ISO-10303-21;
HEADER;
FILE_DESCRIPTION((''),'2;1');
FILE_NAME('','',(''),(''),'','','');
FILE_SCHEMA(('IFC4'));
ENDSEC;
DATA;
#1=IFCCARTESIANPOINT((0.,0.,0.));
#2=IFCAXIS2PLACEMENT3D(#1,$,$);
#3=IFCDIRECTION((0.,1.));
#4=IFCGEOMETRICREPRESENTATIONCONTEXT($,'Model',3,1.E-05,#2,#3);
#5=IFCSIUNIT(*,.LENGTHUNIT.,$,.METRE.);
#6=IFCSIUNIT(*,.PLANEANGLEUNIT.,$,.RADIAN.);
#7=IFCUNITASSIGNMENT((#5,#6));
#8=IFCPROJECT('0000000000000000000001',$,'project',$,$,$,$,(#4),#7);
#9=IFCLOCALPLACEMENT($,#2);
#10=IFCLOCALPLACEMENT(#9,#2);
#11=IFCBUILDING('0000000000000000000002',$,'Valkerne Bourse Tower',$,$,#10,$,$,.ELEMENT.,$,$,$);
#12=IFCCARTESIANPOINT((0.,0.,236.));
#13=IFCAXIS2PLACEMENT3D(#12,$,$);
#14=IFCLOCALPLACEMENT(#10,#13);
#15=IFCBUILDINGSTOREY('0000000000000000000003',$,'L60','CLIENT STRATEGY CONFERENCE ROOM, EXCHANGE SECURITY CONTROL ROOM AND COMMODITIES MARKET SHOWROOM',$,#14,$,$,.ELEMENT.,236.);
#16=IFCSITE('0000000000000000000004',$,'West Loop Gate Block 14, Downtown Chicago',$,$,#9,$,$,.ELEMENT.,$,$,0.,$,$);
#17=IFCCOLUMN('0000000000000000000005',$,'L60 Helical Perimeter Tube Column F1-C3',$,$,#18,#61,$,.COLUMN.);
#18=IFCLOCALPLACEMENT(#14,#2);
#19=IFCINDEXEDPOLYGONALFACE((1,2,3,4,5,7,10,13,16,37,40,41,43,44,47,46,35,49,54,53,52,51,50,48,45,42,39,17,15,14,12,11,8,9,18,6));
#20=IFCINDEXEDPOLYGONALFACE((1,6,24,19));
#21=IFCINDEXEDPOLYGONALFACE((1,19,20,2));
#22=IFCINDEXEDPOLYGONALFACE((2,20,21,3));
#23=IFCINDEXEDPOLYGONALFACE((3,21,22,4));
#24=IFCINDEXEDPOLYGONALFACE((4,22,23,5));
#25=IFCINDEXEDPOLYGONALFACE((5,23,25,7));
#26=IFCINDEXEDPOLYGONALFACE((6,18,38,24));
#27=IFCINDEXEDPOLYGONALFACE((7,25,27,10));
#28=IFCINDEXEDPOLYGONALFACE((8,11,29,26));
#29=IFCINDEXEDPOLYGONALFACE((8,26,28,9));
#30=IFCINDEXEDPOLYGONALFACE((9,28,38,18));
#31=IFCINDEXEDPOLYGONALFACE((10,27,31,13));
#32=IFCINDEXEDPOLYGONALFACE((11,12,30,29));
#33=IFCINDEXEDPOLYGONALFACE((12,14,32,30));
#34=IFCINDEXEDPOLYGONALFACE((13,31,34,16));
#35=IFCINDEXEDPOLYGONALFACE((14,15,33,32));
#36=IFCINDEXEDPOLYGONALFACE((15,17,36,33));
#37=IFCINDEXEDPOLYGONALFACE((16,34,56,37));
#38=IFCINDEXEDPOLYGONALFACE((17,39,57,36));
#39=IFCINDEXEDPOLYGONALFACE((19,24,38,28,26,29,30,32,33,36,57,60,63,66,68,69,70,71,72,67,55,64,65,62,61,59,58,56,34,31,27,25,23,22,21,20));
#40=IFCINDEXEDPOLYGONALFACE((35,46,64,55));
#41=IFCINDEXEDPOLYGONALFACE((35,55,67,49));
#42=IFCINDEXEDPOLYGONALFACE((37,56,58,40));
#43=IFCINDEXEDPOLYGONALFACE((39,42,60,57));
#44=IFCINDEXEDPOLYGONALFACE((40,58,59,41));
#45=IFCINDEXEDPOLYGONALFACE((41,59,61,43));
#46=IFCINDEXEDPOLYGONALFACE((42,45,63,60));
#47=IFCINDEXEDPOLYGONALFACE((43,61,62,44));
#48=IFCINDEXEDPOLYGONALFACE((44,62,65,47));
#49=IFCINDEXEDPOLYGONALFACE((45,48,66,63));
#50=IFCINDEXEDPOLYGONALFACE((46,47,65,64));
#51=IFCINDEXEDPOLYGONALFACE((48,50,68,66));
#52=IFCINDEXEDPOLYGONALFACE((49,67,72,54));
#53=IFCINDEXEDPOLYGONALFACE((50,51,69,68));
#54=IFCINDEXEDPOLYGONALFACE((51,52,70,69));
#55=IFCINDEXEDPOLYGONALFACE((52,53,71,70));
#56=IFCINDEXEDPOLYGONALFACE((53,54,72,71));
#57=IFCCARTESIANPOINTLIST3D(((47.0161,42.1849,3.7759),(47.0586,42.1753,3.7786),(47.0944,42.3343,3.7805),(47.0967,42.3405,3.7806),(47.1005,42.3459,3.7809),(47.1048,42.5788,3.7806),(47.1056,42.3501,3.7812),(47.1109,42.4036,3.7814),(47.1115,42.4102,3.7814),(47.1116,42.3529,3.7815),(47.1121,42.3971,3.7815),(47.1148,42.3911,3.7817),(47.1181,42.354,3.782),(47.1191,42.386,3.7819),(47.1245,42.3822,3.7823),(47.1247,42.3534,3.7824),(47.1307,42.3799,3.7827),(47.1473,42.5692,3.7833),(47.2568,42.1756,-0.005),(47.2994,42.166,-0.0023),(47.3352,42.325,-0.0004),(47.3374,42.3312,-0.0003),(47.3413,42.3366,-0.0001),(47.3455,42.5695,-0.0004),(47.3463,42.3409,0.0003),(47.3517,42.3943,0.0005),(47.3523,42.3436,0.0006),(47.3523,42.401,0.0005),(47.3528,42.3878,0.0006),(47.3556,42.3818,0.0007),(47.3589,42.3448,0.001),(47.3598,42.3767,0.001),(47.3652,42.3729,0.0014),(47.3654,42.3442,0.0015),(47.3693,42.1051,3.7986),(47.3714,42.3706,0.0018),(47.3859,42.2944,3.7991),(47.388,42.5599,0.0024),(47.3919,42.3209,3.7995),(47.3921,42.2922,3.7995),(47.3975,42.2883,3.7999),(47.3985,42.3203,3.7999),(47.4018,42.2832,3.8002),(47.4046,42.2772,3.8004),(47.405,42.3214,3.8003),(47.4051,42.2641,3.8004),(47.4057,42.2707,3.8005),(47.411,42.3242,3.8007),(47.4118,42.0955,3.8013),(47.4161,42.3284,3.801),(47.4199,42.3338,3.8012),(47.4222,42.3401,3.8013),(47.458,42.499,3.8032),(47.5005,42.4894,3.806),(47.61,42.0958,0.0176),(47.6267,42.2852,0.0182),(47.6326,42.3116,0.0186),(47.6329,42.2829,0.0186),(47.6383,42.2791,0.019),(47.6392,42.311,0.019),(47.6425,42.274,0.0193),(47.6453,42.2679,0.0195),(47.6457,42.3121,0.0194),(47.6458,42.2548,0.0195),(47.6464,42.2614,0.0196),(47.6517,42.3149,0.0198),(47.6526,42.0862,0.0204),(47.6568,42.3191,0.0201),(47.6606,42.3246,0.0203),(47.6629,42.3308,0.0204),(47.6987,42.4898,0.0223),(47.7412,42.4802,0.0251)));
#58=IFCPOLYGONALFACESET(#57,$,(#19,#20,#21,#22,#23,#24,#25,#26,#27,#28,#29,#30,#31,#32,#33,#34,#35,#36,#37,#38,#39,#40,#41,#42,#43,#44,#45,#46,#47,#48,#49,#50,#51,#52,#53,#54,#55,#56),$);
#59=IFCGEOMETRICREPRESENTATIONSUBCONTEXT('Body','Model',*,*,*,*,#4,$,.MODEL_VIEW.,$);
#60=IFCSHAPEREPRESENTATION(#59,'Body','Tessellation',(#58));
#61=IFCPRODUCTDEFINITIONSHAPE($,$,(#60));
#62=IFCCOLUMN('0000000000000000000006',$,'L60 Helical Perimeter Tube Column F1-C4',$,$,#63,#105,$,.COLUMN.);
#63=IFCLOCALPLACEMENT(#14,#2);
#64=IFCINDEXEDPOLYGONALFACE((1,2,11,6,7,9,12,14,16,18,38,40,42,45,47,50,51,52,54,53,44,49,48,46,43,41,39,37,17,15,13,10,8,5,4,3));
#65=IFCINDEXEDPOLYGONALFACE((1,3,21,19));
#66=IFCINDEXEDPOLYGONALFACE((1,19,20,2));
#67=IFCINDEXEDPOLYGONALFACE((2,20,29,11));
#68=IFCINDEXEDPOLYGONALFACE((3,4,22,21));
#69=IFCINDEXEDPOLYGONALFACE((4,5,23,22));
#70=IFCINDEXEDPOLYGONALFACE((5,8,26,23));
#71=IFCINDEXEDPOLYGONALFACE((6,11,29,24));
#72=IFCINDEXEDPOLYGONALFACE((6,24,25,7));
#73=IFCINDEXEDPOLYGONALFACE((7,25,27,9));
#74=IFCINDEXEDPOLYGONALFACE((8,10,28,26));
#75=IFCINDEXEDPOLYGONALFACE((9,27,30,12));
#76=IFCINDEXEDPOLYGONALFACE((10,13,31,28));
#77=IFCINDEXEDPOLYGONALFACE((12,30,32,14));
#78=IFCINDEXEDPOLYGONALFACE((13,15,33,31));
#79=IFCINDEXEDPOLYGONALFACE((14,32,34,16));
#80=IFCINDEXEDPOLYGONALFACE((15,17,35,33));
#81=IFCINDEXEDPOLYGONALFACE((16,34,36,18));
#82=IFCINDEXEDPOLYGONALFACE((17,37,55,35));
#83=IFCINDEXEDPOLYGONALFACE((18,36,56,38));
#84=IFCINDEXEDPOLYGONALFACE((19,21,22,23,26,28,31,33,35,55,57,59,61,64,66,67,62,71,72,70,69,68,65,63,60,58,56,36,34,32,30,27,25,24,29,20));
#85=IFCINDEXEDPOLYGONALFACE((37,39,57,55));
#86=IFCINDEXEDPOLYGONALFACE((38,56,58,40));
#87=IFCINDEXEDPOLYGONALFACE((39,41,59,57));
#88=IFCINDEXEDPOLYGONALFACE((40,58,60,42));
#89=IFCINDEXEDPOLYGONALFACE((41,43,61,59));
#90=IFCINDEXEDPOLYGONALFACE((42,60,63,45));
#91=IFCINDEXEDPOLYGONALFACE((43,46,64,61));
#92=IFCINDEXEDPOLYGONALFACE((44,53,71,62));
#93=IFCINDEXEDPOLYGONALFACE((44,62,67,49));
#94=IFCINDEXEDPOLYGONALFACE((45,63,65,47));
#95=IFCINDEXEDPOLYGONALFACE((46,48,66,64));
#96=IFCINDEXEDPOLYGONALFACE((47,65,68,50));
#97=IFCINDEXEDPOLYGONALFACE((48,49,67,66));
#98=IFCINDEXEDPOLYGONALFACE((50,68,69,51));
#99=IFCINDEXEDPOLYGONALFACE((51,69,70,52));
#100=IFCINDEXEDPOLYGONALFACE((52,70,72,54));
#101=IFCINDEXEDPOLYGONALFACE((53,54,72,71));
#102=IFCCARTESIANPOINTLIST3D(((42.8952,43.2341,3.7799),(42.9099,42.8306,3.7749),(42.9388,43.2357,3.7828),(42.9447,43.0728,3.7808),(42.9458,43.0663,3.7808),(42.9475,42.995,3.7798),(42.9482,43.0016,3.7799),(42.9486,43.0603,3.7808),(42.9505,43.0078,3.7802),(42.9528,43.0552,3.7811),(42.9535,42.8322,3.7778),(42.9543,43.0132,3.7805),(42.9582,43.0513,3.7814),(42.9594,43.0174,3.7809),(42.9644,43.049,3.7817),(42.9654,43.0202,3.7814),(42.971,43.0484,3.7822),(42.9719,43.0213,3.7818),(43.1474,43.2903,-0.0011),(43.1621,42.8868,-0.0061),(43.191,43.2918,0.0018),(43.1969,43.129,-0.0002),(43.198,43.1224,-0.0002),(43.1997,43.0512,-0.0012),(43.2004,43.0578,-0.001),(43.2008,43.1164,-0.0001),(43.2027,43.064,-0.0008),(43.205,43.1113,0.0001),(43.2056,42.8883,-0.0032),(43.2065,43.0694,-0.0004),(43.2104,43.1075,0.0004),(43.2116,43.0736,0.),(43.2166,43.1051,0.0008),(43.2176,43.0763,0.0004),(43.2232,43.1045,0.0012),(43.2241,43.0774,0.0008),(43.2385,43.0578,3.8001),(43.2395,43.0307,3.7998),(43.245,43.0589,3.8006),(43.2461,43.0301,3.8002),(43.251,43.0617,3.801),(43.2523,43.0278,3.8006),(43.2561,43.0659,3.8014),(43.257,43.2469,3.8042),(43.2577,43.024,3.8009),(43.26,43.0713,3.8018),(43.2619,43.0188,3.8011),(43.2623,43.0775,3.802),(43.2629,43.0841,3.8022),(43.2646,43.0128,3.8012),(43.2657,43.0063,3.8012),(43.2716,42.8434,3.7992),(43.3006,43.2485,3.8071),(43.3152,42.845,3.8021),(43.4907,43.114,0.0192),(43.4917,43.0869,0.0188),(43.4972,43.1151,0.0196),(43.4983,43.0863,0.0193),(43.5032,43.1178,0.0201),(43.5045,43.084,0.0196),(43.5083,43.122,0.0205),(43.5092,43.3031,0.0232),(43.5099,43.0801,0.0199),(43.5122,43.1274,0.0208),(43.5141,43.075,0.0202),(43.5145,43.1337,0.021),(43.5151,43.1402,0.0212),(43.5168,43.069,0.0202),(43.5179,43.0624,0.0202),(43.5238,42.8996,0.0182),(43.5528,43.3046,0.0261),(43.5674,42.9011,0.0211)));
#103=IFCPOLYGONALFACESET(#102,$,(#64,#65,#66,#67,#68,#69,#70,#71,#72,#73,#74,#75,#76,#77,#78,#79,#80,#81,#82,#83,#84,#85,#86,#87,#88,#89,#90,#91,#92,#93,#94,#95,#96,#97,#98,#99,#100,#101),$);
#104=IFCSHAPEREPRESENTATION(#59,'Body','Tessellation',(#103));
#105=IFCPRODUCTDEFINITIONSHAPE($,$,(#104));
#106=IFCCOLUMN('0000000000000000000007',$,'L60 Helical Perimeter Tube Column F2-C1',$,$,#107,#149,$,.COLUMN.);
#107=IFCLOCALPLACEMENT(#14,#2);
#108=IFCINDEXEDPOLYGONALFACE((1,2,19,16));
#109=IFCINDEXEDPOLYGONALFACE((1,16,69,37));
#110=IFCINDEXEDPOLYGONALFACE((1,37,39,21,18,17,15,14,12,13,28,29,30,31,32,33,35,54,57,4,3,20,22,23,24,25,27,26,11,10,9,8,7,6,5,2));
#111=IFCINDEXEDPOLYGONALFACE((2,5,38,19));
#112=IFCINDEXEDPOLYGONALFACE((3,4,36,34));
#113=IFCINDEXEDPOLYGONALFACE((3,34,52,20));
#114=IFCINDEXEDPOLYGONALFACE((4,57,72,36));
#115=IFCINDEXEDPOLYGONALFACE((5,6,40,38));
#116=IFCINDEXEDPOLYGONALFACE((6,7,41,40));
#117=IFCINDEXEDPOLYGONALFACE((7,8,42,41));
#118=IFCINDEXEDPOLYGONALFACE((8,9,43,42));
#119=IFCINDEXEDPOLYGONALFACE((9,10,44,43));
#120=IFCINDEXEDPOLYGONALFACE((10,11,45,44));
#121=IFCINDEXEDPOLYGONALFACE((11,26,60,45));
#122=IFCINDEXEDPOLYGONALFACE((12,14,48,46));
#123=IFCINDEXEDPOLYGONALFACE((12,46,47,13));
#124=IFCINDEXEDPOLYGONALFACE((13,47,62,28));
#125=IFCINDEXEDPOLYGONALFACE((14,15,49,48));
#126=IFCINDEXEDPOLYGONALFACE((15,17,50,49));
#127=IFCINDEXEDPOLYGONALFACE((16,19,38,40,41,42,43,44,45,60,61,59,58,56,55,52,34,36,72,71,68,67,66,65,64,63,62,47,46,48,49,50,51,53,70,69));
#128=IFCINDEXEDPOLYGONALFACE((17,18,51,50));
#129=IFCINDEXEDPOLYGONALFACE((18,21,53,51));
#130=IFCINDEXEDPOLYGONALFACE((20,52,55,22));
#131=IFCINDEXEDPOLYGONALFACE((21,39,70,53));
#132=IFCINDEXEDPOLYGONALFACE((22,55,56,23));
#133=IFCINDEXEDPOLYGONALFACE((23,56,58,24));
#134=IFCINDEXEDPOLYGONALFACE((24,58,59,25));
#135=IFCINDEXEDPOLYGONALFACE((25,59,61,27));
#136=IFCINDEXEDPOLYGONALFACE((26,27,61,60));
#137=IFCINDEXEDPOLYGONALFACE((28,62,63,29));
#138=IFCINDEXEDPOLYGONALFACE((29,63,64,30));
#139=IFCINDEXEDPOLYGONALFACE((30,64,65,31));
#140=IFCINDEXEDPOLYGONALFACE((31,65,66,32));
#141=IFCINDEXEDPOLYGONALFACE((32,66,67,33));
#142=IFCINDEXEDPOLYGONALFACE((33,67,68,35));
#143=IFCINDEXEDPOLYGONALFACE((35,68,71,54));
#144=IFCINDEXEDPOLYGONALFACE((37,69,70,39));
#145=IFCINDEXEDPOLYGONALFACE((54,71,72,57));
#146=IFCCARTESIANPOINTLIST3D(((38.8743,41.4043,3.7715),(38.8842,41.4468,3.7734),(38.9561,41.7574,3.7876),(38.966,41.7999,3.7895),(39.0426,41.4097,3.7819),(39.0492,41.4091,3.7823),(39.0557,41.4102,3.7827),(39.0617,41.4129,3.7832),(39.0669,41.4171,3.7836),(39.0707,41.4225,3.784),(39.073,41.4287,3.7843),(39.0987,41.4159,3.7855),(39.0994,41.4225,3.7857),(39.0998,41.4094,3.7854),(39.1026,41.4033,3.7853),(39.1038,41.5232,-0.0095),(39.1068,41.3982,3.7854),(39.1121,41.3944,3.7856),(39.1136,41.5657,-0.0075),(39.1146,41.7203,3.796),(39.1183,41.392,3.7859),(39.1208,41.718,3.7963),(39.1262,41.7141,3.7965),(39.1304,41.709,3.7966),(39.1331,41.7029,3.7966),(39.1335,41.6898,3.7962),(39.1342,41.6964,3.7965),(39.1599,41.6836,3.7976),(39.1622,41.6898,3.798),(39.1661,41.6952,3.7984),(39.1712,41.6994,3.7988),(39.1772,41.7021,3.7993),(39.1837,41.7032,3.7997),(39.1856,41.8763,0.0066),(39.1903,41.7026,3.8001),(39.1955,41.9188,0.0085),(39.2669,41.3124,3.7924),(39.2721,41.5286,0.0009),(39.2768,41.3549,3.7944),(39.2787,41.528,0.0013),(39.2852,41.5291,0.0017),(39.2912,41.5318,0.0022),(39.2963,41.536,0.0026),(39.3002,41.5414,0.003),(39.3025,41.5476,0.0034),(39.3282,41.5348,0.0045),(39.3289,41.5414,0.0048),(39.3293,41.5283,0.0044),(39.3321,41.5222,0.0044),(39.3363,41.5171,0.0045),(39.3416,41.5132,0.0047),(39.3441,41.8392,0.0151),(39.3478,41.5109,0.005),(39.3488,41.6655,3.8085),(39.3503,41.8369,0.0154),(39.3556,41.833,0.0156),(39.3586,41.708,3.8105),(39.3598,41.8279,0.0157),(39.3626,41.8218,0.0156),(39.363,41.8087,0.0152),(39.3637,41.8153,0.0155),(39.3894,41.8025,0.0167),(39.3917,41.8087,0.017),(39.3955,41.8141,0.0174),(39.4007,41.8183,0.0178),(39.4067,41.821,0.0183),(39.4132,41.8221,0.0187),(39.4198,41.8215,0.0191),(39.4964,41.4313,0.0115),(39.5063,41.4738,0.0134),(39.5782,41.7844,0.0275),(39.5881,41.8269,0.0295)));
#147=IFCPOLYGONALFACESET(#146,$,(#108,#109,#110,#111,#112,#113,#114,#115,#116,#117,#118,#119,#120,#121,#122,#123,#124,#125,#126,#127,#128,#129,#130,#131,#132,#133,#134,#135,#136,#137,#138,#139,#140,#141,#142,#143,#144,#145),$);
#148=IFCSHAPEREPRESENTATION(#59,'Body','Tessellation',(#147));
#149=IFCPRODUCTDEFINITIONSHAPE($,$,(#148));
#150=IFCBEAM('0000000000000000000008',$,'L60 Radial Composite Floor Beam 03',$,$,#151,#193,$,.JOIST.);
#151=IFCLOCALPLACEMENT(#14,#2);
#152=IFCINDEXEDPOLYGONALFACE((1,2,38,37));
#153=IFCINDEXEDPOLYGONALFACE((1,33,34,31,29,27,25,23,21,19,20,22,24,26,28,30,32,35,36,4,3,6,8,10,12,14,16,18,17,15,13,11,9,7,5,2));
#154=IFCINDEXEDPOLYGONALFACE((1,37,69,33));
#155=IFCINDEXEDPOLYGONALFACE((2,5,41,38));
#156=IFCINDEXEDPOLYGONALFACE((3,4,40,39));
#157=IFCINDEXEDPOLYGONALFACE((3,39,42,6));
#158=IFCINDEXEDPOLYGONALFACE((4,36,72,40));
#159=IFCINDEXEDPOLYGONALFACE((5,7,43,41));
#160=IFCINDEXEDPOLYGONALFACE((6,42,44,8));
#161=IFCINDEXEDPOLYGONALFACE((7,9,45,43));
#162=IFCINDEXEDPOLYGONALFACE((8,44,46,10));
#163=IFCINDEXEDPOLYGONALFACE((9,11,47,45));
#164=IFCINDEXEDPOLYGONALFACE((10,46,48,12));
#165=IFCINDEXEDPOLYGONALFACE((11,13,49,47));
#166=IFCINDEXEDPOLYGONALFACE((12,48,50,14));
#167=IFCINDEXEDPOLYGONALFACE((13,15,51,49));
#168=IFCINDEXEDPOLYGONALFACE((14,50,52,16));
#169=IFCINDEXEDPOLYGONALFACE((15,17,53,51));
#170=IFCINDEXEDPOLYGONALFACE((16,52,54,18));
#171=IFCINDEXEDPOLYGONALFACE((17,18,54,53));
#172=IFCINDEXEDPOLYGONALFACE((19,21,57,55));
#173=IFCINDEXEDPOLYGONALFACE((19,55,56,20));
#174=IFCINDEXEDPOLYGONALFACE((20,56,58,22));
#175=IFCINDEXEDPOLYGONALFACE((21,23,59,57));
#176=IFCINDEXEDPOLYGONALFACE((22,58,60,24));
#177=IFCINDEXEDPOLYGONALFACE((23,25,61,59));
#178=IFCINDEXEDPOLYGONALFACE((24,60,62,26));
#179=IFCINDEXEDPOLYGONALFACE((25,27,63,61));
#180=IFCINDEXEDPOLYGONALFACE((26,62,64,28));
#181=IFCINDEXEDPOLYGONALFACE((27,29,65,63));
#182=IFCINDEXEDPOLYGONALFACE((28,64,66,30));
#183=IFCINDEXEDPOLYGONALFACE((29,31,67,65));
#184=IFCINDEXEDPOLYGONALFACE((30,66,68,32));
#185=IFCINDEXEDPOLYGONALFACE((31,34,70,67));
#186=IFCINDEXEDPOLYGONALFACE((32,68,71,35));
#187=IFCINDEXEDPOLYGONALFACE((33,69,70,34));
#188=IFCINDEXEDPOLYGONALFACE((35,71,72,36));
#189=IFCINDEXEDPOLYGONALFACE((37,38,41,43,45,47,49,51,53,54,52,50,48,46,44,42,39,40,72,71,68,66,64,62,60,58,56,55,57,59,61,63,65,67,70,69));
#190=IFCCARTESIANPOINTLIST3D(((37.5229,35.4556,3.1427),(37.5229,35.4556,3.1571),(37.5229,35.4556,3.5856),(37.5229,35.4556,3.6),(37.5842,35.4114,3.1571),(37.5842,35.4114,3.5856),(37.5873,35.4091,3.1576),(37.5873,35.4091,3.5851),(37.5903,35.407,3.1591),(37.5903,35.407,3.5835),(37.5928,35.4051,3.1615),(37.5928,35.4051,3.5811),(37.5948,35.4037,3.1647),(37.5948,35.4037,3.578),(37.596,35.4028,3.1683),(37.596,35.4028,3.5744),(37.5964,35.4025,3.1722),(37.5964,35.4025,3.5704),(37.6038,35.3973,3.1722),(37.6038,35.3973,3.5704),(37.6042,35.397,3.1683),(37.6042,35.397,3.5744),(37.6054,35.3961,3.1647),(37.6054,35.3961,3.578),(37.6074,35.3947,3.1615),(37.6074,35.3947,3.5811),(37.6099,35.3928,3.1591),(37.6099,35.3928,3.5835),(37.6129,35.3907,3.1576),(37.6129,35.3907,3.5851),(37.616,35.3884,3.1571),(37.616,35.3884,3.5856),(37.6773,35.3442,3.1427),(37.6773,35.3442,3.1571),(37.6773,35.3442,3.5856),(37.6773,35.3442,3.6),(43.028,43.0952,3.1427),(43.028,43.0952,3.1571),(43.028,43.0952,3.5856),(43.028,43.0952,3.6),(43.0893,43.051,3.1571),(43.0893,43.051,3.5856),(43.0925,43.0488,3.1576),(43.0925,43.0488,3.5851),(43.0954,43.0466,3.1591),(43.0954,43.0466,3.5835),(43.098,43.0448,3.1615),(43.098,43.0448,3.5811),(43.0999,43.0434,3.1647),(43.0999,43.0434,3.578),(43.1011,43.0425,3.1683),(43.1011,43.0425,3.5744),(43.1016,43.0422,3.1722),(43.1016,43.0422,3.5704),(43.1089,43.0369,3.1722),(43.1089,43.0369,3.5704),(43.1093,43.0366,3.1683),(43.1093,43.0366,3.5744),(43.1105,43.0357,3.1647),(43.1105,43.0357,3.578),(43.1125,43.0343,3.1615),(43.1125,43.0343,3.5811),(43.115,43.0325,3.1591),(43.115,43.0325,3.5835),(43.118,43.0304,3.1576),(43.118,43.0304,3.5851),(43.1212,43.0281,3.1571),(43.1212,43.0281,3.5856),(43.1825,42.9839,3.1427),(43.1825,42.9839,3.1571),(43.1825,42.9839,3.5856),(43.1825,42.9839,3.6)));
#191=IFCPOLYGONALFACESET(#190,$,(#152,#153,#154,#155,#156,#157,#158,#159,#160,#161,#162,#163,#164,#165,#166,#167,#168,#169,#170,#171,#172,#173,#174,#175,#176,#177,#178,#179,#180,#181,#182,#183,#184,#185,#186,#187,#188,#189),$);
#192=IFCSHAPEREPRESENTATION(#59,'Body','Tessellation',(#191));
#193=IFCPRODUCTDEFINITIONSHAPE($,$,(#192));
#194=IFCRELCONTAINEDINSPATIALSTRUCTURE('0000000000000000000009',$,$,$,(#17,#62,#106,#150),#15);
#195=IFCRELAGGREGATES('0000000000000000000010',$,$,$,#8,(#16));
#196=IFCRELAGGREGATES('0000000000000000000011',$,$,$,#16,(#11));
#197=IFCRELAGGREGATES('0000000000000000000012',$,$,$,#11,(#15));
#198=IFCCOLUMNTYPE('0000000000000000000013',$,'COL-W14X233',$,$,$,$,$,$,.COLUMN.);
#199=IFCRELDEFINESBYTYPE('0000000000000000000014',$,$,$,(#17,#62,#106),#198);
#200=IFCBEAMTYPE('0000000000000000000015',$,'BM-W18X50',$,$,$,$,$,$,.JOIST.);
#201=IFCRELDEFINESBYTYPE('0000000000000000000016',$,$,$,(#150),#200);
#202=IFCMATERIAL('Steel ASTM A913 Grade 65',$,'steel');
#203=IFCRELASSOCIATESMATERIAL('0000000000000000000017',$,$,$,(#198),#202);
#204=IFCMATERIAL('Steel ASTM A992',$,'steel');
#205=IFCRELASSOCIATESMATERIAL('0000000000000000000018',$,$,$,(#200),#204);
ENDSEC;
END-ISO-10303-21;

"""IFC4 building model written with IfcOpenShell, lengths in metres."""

from ifc_helpers import new_model, si_unit, direction, frame, origin, origin_2d, place, context, subcontext, project, spatial, i_section, extrude, material, material_profile, profile_set, type_object, element, save


model = new_model("IFC4")

# Units and contexts
model_context = context("Model", 3, precision=1e-05, world=origin(), true_north=direction((0.0, 1.0)))
body_context = subcontext(model_context, "Body", "Model", "MODEL_VIEW")
ifc_project = project(units=[si_unit("LENGTHUNIT", "METRE"), si_unit("PLANEANGLEUNIT", "RADIAN")], contexts=[model_context])

# Site, building, storey
site_placement = place(None, origin())
site = spatial("IfcSite", under=ifc_project, at=site_placement, Name="West Loop Gate Block 14, Downtown Chicago", CompositionType="ELEMENT", RefElevation=0.0)
building_placement = place(site_placement, origin())
building = spatial("IfcBuilding", under=site, at=building_placement, Name="Valkerne Bourse Tower", CompositionType="ELEMENT")
storey_placement = place(building_placement, frame((0.0, 0.0, 236.0)))
storey = spatial("IfcBuildingStorey", under=building, at=storey_placement, Name="L60", Description="CLIENT STRATEGY CONFERENCE ROOM, EXCHANGE SECURITY CONTROL ROOM AND COMMODITIES MARKET SHOWROOM", CompositionType="ELEMENT", Elevation=236.0)

# Columns
ifc_material_1 = material(Name="Steel ASTM A913 Grade 65", Category="steel")
ifc_material_profile_1 = material_profile(ifc_material_1, i_section(OverallWidth=0.4038, OverallDepth=0.4065, WebThickness=0.0271, FlangeThickness=0.0437, FilletRadius=0.0254, at=origin_2d()), Name="W14X233")
ifc_profile_set_1 = profile_set([ifc_material_profile_1], Name="Steel ASTM A913 Grade 65")
column_type = type_object("IfcColumnType", Name="COL-W14X233", PredefinedType="COLUMN", material=ifc_profile_set_1)
column_placement = place(storey_placement, frame((47.499, 42.3279, 0.01), z_axis=(-0.063537, 0.002449, 0.997976), x_axis=(0.219598, 0.975522, 0.011587)))
element("IfcColumn", 1, at=column_placement, inside=storey, type_object=column_type, Name="L60 Helical Perimeter Tube Column F1-C3", PredefinedType="COLUMN", context=body_context, shape_type="SweptSolid", body=[
    extrude(i_section(OverallWidth=0.4038, OverallDepth=0.4065, WebThickness=0.0271, FlangeThickness=0.0437, FilletRadius=0.0254, at=origin_2d()), origin(), (0.0, 0.0, 1.0), 3.7886),
])
for number, where, z_axis, x_axis, name in (
    (2, (43.3574, 43.0957, 0.01), (-0.066546, -0.014817, 0.997673), (-0.036226, 0.999266, 0.012424), "L60 Helical Perimeter Tube Column F1-C4"),
    (3, (39.3459, 41.675, 0.01), (-0.060555, -0.031373, 0.997672), (-0.972356, 0.22767, -0.051859), "L60 Helical Perimeter Tube Column F2-C1"),
):
    element("IfcColumn", number, at=place(storey_placement, frame(where, z_axis=z_axis, x_axis=x_axis)), inside=storey, type_object=column_type, Name=name, PredefinedType="COLUMN", context=body_context, shape_type="SweptSolid", body=[
        extrude(i_section(OverallWidth=0.4038, OverallDepth=0.4065, WebThickness=0.0271, FlangeThickness=0.0437, FilletRadius=0.0254, at=origin_2d()), origin(), (0.0, 0.0, 1.0), 3.7898),
    ])

# Beam
ifc_material_2 = material(Name="Steel ASTM A992", Category="steel")
ifc_material_profile_2 = material_profile(ifc_material_2, i_section(OverallWidth=0.1904, OverallDepth=0.4573, WebThickness=0.009, FlangeThickness=0.0144, FilletRadius=0.0151, at=origin_2d()), Name="W18X50")
ifc_profile_set_2 = profile_set([ifc_material_profile_2], Name="Steel ASTM A992")
beam_type_1 = type_object("IfcBeamType", Name="BM-W18X50", PredefinedType="JOIST", material=ifc_profile_set_2)
beam_1_placement = place(storey_placement, frame((43.1052, 43.0396, 3.3713), z_axis=(-0.584625, -0.811304, 0.0), x_axis=(0.811304, -0.584625, 0.0)))
element("IfcBeam", 4, at=beam_1_placement, inside=storey, type_object=beam_type_1, Name="L60 Radial Composite Floor Beam 03", PredefinedType="JOIST", context=body_context, shape_type="SweptSolid", body=[
    extrude(i_section(OverallWidth=0.1904, OverallDepth=0.4573, WebThickness=0.009, FlangeThickness=0.0144, FilletRadius=0.0151, at=origin_2d()), origin(), (0.0, 0.0, 1.0), 9.4165),
])

save(model, "model.ifc")
